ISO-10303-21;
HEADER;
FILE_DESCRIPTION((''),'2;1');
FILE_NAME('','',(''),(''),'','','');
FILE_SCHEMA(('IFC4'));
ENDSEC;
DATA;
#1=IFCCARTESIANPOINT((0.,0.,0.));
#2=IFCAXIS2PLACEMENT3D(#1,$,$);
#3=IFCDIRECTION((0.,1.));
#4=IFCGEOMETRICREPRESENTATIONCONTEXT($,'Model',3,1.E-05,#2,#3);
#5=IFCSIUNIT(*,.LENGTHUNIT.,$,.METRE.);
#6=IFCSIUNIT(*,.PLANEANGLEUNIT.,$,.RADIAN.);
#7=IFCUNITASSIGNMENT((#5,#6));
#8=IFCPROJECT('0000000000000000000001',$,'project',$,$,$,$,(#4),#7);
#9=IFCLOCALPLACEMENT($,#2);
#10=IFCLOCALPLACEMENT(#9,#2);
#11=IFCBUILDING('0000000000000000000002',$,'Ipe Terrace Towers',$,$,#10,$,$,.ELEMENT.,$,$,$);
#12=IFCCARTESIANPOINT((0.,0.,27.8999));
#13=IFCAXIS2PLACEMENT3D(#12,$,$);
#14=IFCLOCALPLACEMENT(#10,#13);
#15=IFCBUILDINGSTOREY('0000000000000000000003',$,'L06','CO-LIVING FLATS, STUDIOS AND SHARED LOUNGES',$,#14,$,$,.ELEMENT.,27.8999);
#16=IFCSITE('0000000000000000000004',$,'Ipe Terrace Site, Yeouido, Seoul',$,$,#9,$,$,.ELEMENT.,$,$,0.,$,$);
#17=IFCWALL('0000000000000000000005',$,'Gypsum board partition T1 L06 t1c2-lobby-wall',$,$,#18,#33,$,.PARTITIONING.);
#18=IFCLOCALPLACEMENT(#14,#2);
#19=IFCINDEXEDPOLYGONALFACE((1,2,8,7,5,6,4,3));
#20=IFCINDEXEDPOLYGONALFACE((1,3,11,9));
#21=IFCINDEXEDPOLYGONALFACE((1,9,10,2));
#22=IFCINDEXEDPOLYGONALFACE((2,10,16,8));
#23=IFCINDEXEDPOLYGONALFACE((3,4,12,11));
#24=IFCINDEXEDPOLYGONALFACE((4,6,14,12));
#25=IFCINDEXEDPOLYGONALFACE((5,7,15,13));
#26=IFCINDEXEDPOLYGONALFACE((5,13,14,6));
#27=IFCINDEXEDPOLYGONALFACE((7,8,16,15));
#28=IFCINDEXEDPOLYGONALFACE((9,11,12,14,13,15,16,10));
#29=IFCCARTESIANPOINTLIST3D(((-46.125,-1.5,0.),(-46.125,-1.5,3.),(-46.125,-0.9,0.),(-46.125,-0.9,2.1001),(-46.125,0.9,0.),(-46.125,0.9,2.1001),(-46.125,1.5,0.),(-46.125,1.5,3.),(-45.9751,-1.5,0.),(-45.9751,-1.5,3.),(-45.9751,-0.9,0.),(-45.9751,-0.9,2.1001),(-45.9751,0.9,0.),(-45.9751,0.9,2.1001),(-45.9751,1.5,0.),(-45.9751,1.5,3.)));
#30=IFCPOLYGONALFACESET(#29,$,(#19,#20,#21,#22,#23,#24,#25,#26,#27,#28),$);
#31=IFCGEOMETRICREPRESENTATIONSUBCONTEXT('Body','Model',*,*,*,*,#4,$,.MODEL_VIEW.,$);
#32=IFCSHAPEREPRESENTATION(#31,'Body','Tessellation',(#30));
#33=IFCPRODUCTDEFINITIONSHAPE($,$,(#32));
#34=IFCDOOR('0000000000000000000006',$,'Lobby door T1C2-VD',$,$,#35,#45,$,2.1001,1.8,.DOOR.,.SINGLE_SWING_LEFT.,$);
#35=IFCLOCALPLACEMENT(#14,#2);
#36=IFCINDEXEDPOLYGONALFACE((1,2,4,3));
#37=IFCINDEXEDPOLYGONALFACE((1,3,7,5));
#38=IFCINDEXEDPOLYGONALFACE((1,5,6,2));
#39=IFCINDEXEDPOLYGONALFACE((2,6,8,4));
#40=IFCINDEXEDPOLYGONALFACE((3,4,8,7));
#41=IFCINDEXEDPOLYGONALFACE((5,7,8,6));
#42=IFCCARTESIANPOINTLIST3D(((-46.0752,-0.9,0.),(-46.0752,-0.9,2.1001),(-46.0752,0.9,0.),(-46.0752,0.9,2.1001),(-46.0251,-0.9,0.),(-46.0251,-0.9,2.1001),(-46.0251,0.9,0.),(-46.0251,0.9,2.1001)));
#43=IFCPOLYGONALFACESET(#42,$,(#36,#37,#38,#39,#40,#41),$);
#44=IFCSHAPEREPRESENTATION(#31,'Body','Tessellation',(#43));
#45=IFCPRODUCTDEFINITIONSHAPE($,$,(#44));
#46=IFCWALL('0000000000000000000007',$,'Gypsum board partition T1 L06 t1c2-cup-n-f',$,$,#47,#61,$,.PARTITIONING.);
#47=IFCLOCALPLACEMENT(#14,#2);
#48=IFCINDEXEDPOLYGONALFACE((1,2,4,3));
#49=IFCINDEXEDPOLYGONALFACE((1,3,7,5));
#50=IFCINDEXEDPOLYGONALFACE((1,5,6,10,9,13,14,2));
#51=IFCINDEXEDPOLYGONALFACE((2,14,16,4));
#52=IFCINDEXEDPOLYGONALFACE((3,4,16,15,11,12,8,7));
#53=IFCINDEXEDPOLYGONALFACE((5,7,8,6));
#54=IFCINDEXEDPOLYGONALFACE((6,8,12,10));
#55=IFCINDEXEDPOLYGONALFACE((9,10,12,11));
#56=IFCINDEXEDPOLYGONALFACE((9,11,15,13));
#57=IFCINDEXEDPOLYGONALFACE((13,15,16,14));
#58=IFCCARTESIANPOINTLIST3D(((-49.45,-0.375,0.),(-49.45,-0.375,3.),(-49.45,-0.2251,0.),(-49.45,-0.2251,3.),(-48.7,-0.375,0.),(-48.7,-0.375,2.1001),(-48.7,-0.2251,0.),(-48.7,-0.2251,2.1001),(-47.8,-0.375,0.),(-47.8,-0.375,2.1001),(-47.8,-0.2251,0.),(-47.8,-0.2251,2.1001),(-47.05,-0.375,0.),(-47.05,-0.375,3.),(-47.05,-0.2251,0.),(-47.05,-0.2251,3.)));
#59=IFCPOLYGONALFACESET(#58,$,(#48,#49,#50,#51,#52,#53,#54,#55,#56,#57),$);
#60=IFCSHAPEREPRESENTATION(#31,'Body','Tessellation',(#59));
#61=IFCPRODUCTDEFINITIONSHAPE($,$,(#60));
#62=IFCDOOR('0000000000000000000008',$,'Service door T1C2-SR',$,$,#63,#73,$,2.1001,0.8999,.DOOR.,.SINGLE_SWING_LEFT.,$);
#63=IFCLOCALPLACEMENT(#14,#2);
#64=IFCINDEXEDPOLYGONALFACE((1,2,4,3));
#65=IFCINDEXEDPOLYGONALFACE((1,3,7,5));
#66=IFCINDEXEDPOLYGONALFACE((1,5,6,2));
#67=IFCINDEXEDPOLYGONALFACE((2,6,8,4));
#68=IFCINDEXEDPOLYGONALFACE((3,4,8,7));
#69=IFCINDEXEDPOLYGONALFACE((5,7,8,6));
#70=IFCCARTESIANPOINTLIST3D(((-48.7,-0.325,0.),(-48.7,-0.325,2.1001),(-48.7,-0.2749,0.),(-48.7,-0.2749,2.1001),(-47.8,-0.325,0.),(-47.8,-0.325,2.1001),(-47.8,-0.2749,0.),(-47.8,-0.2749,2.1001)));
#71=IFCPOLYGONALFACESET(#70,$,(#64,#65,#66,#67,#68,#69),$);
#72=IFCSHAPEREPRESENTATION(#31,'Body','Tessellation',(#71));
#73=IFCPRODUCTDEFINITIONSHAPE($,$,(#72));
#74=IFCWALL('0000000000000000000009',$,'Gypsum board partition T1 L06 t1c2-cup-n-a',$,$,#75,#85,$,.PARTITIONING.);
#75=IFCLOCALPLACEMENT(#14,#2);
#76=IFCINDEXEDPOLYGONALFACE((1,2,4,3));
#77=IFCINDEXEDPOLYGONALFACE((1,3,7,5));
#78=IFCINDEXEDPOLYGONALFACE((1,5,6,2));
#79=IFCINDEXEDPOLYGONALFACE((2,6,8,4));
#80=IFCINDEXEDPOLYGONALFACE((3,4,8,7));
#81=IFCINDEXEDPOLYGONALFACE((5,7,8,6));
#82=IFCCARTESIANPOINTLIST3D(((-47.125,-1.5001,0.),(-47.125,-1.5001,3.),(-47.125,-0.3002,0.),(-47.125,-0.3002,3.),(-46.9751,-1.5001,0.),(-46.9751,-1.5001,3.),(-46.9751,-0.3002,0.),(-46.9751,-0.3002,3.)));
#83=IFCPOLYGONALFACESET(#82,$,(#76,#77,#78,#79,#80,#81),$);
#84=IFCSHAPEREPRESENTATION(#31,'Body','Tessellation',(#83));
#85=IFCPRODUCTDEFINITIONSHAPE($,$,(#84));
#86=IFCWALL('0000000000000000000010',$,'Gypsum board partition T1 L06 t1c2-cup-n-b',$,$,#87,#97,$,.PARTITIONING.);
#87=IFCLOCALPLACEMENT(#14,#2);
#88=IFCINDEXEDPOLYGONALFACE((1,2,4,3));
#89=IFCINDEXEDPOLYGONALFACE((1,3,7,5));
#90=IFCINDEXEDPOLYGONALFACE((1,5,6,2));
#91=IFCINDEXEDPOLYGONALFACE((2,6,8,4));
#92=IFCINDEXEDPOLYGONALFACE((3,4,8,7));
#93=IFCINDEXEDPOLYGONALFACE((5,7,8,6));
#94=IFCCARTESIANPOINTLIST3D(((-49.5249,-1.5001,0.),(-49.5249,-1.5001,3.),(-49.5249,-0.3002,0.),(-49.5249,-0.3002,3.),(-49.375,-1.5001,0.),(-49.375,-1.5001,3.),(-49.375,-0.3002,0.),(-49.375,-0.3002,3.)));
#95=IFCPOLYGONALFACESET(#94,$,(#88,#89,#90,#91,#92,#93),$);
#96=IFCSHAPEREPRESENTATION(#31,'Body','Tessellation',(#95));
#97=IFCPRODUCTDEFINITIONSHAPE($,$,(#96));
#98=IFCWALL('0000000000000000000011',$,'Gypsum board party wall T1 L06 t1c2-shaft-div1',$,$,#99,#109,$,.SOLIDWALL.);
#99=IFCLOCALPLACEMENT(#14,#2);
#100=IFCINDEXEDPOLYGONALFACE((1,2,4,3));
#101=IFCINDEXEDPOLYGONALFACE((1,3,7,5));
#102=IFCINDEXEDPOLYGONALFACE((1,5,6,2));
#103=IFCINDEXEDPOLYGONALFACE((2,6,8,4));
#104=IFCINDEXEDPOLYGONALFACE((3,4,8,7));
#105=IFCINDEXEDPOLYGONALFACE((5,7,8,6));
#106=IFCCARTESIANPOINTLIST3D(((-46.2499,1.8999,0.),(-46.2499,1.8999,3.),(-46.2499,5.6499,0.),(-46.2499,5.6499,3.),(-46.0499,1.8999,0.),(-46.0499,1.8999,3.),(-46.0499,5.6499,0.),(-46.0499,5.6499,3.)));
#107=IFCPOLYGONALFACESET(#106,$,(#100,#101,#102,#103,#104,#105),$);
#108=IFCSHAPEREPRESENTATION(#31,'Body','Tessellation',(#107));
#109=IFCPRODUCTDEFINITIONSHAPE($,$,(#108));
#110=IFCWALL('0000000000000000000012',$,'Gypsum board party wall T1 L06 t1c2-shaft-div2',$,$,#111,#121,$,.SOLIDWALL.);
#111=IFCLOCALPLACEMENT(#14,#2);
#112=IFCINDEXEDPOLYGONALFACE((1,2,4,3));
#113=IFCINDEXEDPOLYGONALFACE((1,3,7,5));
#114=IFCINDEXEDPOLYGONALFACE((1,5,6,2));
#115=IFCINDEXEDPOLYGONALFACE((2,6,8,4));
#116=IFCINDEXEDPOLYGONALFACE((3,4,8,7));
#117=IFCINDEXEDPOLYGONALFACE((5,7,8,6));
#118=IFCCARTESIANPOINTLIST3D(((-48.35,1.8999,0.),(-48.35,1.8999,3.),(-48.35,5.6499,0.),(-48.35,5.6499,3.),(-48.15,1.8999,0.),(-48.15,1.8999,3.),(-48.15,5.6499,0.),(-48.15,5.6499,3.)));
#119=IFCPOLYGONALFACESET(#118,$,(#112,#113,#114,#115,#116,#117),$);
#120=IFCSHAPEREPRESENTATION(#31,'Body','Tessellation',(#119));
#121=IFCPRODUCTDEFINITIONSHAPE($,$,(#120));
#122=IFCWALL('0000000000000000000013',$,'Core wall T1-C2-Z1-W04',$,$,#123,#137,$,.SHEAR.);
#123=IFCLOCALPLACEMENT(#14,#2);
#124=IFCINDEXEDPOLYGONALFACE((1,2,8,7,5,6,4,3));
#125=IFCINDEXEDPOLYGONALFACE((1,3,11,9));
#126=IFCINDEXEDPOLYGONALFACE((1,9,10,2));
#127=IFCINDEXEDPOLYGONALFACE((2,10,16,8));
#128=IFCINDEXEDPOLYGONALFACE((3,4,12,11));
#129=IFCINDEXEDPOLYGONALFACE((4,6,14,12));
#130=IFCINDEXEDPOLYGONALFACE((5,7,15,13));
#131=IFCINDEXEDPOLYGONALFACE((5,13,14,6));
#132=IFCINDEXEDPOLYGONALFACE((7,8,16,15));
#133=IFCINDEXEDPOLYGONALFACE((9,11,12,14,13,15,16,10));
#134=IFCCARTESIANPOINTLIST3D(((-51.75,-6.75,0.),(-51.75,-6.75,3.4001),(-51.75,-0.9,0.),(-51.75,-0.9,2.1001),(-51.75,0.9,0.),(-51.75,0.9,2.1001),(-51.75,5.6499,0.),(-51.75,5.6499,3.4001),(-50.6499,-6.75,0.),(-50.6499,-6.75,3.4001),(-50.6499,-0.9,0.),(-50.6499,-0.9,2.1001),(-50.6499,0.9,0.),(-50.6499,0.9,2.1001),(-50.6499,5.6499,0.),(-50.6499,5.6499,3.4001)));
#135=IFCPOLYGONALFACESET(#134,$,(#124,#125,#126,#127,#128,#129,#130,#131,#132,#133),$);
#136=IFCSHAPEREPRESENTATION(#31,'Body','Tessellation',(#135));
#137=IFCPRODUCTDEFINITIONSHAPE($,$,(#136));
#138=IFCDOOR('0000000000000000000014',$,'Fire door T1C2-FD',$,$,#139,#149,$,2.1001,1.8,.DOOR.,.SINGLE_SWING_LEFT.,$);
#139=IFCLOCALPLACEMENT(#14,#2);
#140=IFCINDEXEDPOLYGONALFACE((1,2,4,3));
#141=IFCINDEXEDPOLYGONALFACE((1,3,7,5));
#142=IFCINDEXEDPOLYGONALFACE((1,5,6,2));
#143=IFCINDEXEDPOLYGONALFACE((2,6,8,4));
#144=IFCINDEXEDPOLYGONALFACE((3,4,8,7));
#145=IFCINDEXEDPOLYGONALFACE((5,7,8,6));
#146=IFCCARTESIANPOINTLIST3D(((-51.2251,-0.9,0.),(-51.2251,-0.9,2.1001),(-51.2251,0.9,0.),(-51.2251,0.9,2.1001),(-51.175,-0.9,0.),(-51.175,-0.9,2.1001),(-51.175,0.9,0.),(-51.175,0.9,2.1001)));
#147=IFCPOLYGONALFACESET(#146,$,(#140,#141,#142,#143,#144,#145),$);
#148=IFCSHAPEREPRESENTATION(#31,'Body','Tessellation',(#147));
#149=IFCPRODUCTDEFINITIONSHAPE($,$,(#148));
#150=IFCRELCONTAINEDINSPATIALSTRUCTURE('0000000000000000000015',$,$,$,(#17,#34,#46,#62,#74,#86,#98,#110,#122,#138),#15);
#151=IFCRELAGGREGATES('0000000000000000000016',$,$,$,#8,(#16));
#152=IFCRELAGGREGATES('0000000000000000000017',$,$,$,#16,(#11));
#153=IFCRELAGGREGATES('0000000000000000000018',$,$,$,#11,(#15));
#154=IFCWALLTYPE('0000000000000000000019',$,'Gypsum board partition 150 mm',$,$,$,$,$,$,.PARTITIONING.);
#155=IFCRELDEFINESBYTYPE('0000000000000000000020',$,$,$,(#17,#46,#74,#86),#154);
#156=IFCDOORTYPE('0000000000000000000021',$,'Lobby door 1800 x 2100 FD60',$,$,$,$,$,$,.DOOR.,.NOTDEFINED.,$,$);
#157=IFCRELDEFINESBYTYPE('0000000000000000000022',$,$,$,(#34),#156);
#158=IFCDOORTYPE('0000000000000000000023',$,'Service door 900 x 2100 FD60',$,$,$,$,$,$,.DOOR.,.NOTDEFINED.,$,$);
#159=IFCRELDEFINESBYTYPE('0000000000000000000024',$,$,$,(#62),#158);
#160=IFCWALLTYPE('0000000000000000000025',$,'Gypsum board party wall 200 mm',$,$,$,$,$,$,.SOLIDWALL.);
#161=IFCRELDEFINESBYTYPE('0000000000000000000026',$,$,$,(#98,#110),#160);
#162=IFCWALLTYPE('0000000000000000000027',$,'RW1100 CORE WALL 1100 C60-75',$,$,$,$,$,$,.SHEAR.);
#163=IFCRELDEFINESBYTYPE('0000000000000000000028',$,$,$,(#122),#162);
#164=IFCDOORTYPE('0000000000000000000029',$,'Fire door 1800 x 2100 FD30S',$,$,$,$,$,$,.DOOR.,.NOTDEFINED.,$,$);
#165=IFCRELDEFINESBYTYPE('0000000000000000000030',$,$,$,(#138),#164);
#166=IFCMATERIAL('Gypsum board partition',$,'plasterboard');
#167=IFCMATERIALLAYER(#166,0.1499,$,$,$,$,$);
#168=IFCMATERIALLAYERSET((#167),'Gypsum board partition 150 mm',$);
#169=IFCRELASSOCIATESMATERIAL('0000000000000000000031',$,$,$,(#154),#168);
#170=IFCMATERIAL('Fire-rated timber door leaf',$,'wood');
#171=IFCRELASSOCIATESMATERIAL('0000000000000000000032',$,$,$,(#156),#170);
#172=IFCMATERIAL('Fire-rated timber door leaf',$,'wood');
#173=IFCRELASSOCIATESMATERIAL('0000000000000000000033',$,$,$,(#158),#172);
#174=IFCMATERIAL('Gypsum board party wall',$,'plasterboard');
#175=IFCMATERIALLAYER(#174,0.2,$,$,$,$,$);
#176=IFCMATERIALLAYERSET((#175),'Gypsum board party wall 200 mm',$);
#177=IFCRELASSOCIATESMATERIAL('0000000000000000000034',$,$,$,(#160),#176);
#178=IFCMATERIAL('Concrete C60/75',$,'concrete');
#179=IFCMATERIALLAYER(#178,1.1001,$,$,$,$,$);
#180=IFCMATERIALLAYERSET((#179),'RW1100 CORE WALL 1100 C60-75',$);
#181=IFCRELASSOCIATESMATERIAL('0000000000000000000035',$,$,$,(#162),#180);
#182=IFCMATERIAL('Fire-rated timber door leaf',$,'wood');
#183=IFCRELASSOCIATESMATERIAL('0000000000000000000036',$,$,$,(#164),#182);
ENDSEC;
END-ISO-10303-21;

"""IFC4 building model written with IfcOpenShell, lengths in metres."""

from ifc_helpers import new_model, si_unit, direction, frame, frame_2d, origin, place, context, subcontext, project, spatial, rectangle, extrude, material, layer, layer_set, type_object, element, fill, save


model = new_model("IFC4")

# Units and contexts
model_context = context("Model", 3, precision=1e-05, world=origin(), true_north=direction((0.0, 1.0)))
body_context = subcontext(model_context, "Body", "Model", "MODEL_VIEW")
ifc_project = project(units=[si_unit("LENGTHUNIT", "METRE"), si_unit("PLANEANGLEUNIT", "RADIAN")], contexts=[model_context])

# Site, building, storey
site_placement = place(None, origin())
site = spatial("IfcSite", under=ifc_project, at=site_placement, Name="Ipe Terrace Site, Yeouido, Seoul", CompositionType="ELEMENT", RefElevation=0.0)
building_placement = place(site_placement, origin())
building = spatial("IfcBuilding", under=site, at=building_placement, Name="Ipe Terrace Towers", CompositionType="ELEMENT")
storey_placement = place(building_placement, frame((0.0, 0.0, 27.8999)))
storey = spatial("IfcBuildingStorey", under=building, at=storey_placement, Name="L06", Description="CO-LIVING FLATS, STUDIOS AND SHARED LOUNGES", CompositionType="ELEMENT", Elevation=27.8999)

# Walls, openings, doors
ifc_material_1 = material(Name="Gypsum board partition", Category="plasterboard")
ifc_layer_1 = layer(ifc_material_1, 0.1499)
ifc_layer_set_1 = layer_set([ifc_layer_1], Name="Gypsum board partition 150 mm")
wall_type_1 = type_object("IfcWallType", Name="Gypsum board partition 150 mm", PredefinedType="PARTITIONING", material=ifc_layer_set_1)
wall_1_placement = place(storey_placement, frame((-46.05, 1.5, 0.0), z_axis=(0.0, 0.0, 1.0), x_axis=(0.0, -1.0, 0.0)))
wall_1 = element("IfcWall", 1, at=wall_1_placement, inside=storey, type_object=wall_type_1, Name="Gypsum board partition T1 L06 t1c2-lobby-wall", PredefinedType="PARTITIONING", context=body_context, shape_type="SweptSolid", body=[
    extrude(rectangle(XDim=3.0, YDim=0.1499, at=frame_2d((1.5, 0.0))), origin(), (0.0, 0.0, 1.0), 3.0),
])
opening_1_placement = place(wall_1_placement, frame((0.6001, 0.0, 0.0)))
opening_1 = element("IfcOpeningElement", 2, at=opening_1_placement, cuts=wall_1, PredefinedType="OPENING", context=body_context, shape_type="SweptSolid", body=[
    extrude(rectangle(XDim=1.8, YDim=2.1001, at=frame_2d((0.8999, 1.05))), frame((0.0, 0.085, 0.0), z_axis=(0.0, -1.0, 0.0), x_axis=(1.0, 0.0, 0.0)), (0.0, 0.0, 1.0), 0.1699),
])
ifc_material_2 = material(Name="Fire-rated timber door leaf", Category="wood")
door_type_1 = type_object("IfcDoorType", Name="Lobby door 1800 x 2100 FD60", OperationType="NOTDEFINED", PredefinedType="DOOR", material=ifc_material_2)
door_1_placement = place(opening_1_placement, origin())
door_1 = element("IfcDoor", 3, at=door_1_placement, inside=storey, type_object=door_type_1, Name="Lobby door T1C2-VD", OperationType="SINGLE_SWING_LEFT", OverallHeight=2.1001, OverallWidth=1.8, PredefinedType="DOOR", context=body_context, shape_type="SweptSolid", body=[
    extrude(rectangle(XDim=1.8, YDim=2.1001, at=frame_2d((0.8999, 1.05))), frame((0.0, 0.0249, 0.0), z_axis=(0.0, -1.0, 0.0), x_axis=(1.0, 0.0, 0.0)), (0.0, 0.0, 1.0), 0.05),
])
fill(opening_1, door_1)
wall_2_placement = place(storey_placement, frame((-47.05, -0.3, 0.0), z_axis=(0.0, 0.0, 1.0), x_axis=(-1.0, 0.0, 0.0)))
wall_2 = element("IfcWall", 4, at=wall_2_placement, inside=storey, type_object=wall_type_1, Name="Gypsum board partition T1 L06 t1c2-cup-n-f", PredefinedType="PARTITIONING", context=body_context, shape_type="SweptSolid", body=[
    extrude(rectangle(XDim=2.3999, YDim=0.1499, at=frame_2d((1.2, 0.0))), origin(), (0.0, 0.0, 1.0), 3.0),
])
opening_2_placement = place(wall_2_placement, frame((0.75, 0.0, 0.0)))
opening_2 = element("IfcOpeningElement", 5, at=opening_2_placement, cuts=wall_2, PredefinedType="OPENING", context=body_context, shape_type="SweptSolid", body=[
    extrude(rectangle(XDim=0.8999, YDim=2.1001, at=frame_2d((0.45, 1.05))), frame((0.0, 0.085, 0.0), z_axis=(0.0, -1.0, 0.0), x_axis=(1.0, 0.0, 0.0)), (0.0, 0.0, 1.0), 0.1699),
])
ifc_material_3 = material(Name="Fire-rated timber door leaf", Category="wood")
door_type_2 = type_object("IfcDoorType", Name="Service door 900 x 2100 FD60", OperationType="NOTDEFINED", PredefinedType="DOOR", material=ifc_material_3)
door_2_placement = place(opening_2_placement, origin())
door_2 = element("IfcDoor", 6, at=door_2_placement, inside=storey, type_object=door_type_2, Name="Service door T1C2-SR", OperationType="SINGLE_SWING_LEFT", OverallHeight=2.1001, OverallWidth=0.8999, PredefinedType="DOOR", context=body_context, shape_type="SweptSolid", body=[
    extrude(rectangle(XDim=0.8999, YDim=2.1001, at=frame_2d((0.45, 1.05))), frame((0.0, 0.0249, 0.0), z_axis=(0.0, -1.0, 0.0), x_axis=(1.0, 0.0, 0.0)), (0.0, 0.0, 1.0), 0.05),
])
fill(opening_2, door_2)

# Walls
for number, where, z_axis, x_axis, name in (
    (7, (-47.05, -0.3, 0.0), (0.0, 0.0, 1.0), (0.0, -1.0, 0.0), "Gypsum board partition T1 L06 t1c2-cup-n-a"),
    (8, (-49.45, -0.3, 0.0), (0.0, 0.0, 1.0), (0.0, -1.0, 0.0), "Gypsum board partition T1 L06 t1c2-cup-n-b"),
):
    element("IfcWall", number, at=place(storey_placement, frame(where, z_axis=z_axis, x_axis=x_axis)), inside=storey, type_object=wall_type_1, Name=name, PredefinedType="PARTITIONING", context=body_context, shape_type="SweptSolid", body=[
        extrude(rectangle(XDim=1.2, YDim=0.1499, at=frame_2d((0.6001, 0.0))), origin(), (0.0, 0.0, 1.0), 3.0),
    ])
ifc_material_4 = material(Name="Gypsum board party wall", Category="plasterboard")
ifc_layer_2 = layer(ifc_material_4, 0.2)
ifc_layer_set_2 = layer_set([ifc_layer_2], Name="Gypsum board party wall 200 mm")
wall_type_2 = type_object("IfcWallType", Name="Gypsum board party wall 200 mm", PredefinedType="SOLIDWALL", material=ifc_layer_set_2)
for number, where, z_axis, x_axis, name in (
    (9, (-46.1499, 5.6499, 0.0), (0.0, 0.0, 1.0), (0.0, -1.0, 0.0), "Gypsum board party wall T1 L06 t1c2-shaft-div1"),
    (10, (-48.25, 5.6499, 0.0), (0.0, 0.0, 1.0), (0.0, -1.0, 0.0), "Gypsum board party wall T1 L06 t1c2-shaft-div2"),
):
    element("IfcWall", number, at=place(storey_placement, frame(where, z_axis=z_axis, x_axis=x_axis)), inside=storey, type_object=wall_type_2, Name=name, PredefinedType="SOLIDWALL", context=body_context, shape_type="SweptSolid", body=[
        extrude(rectangle(XDim=3.75, YDim=0.2, at=frame_2d((1.875, 0.0))), origin(), (0.0, 0.0, 1.0), 3.0),
    ])

# Wall, opening, door
ifc_material_5 = material(Name="Concrete C60/75", Category="concrete")
ifc_layer_3 = layer(ifc_material_5, 1.1001)
ifc_layer_set_3 = layer_set([ifc_layer_3], Name="RW1100 CORE WALL 1100 C60-75")
wall_type_3 = type_object("IfcWallType", Name="RW1100 CORE WALL 1100 C60-75", PredefinedType="SHEAR", material=ifc_layer_set_3)
wall_3_placement = place(storey_placement, frame((-51.2, 5.6499, 0.0), z_axis=(0.0, 0.0, 1.0), x_axis=(0.0, -1.0, 0.0)))
wall_3 = element("IfcWall", 11, at=wall_3_placement, inside=storey, type_object=wall_type_3, Name="Core wall T1-C2-Z1-W04", PredefinedType="SHEAR", context=body_context, shape_type="SweptSolid", body=[
    extrude(rectangle(XDim=12.3999, YDim=1.1001, at=frame_2d((6.2, 0.0))), origin(), (0.0, 0.0, 1.0), 3.4001),
])
opening_3_placement = place(wall_3_placement, frame((4.75, 0.0, 0.0)))
opening_3 = element("IfcOpeningElement", 12, at=opening_3_placement, cuts=wall_3, PredefinedType="OPENING", context=body_context, shape_type="SweptSolid", body=[
    extrude(rectangle(XDim=1.8, YDim=2.1001, at=frame_2d((0.8999, 1.05))), frame((0.0, 0.5601, 0.0), z_axis=(0.0, -1.0, 0.0), x_axis=(1.0, 0.0, 0.0)), (0.0, 0.0, 1.0), 1.1201),
])
ifc_material_6 = material(Name="Fire-rated timber door leaf", Category="wood")
door_type_3 = type_object("IfcDoorType", Name="Fire door 1800 x 2100 FD30S", OperationType="NOTDEFINED", PredefinedType="DOOR", material=ifc_material_6)
door_3_placement = place(opening_3_placement, origin())
door_3 = element("IfcDoor", 13, at=door_3_placement, inside=storey, type_object=door_type_3, Name="Fire door T1C2-FD", OperationType="SINGLE_SWING_LEFT", OverallHeight=2.1001, OverallWidth=1.8, PredefinedType="DOOR", context=body_context, shape_type="SweptSolid", body=[
    extrude(rectangle(XDim=1.8, YDim=2.1001, at=frame_2d((0.8999, 1.05))), frame((0.0, 0.0249, 0.0), z_axis=(0.0, -1.0, 0.0), x_axis=(1.0, 0.0, 0.0)), (0.0, 0.0, 1.0), 0.05),
])
fill(opening_3, door_3)

save(model, "model.ifc")
